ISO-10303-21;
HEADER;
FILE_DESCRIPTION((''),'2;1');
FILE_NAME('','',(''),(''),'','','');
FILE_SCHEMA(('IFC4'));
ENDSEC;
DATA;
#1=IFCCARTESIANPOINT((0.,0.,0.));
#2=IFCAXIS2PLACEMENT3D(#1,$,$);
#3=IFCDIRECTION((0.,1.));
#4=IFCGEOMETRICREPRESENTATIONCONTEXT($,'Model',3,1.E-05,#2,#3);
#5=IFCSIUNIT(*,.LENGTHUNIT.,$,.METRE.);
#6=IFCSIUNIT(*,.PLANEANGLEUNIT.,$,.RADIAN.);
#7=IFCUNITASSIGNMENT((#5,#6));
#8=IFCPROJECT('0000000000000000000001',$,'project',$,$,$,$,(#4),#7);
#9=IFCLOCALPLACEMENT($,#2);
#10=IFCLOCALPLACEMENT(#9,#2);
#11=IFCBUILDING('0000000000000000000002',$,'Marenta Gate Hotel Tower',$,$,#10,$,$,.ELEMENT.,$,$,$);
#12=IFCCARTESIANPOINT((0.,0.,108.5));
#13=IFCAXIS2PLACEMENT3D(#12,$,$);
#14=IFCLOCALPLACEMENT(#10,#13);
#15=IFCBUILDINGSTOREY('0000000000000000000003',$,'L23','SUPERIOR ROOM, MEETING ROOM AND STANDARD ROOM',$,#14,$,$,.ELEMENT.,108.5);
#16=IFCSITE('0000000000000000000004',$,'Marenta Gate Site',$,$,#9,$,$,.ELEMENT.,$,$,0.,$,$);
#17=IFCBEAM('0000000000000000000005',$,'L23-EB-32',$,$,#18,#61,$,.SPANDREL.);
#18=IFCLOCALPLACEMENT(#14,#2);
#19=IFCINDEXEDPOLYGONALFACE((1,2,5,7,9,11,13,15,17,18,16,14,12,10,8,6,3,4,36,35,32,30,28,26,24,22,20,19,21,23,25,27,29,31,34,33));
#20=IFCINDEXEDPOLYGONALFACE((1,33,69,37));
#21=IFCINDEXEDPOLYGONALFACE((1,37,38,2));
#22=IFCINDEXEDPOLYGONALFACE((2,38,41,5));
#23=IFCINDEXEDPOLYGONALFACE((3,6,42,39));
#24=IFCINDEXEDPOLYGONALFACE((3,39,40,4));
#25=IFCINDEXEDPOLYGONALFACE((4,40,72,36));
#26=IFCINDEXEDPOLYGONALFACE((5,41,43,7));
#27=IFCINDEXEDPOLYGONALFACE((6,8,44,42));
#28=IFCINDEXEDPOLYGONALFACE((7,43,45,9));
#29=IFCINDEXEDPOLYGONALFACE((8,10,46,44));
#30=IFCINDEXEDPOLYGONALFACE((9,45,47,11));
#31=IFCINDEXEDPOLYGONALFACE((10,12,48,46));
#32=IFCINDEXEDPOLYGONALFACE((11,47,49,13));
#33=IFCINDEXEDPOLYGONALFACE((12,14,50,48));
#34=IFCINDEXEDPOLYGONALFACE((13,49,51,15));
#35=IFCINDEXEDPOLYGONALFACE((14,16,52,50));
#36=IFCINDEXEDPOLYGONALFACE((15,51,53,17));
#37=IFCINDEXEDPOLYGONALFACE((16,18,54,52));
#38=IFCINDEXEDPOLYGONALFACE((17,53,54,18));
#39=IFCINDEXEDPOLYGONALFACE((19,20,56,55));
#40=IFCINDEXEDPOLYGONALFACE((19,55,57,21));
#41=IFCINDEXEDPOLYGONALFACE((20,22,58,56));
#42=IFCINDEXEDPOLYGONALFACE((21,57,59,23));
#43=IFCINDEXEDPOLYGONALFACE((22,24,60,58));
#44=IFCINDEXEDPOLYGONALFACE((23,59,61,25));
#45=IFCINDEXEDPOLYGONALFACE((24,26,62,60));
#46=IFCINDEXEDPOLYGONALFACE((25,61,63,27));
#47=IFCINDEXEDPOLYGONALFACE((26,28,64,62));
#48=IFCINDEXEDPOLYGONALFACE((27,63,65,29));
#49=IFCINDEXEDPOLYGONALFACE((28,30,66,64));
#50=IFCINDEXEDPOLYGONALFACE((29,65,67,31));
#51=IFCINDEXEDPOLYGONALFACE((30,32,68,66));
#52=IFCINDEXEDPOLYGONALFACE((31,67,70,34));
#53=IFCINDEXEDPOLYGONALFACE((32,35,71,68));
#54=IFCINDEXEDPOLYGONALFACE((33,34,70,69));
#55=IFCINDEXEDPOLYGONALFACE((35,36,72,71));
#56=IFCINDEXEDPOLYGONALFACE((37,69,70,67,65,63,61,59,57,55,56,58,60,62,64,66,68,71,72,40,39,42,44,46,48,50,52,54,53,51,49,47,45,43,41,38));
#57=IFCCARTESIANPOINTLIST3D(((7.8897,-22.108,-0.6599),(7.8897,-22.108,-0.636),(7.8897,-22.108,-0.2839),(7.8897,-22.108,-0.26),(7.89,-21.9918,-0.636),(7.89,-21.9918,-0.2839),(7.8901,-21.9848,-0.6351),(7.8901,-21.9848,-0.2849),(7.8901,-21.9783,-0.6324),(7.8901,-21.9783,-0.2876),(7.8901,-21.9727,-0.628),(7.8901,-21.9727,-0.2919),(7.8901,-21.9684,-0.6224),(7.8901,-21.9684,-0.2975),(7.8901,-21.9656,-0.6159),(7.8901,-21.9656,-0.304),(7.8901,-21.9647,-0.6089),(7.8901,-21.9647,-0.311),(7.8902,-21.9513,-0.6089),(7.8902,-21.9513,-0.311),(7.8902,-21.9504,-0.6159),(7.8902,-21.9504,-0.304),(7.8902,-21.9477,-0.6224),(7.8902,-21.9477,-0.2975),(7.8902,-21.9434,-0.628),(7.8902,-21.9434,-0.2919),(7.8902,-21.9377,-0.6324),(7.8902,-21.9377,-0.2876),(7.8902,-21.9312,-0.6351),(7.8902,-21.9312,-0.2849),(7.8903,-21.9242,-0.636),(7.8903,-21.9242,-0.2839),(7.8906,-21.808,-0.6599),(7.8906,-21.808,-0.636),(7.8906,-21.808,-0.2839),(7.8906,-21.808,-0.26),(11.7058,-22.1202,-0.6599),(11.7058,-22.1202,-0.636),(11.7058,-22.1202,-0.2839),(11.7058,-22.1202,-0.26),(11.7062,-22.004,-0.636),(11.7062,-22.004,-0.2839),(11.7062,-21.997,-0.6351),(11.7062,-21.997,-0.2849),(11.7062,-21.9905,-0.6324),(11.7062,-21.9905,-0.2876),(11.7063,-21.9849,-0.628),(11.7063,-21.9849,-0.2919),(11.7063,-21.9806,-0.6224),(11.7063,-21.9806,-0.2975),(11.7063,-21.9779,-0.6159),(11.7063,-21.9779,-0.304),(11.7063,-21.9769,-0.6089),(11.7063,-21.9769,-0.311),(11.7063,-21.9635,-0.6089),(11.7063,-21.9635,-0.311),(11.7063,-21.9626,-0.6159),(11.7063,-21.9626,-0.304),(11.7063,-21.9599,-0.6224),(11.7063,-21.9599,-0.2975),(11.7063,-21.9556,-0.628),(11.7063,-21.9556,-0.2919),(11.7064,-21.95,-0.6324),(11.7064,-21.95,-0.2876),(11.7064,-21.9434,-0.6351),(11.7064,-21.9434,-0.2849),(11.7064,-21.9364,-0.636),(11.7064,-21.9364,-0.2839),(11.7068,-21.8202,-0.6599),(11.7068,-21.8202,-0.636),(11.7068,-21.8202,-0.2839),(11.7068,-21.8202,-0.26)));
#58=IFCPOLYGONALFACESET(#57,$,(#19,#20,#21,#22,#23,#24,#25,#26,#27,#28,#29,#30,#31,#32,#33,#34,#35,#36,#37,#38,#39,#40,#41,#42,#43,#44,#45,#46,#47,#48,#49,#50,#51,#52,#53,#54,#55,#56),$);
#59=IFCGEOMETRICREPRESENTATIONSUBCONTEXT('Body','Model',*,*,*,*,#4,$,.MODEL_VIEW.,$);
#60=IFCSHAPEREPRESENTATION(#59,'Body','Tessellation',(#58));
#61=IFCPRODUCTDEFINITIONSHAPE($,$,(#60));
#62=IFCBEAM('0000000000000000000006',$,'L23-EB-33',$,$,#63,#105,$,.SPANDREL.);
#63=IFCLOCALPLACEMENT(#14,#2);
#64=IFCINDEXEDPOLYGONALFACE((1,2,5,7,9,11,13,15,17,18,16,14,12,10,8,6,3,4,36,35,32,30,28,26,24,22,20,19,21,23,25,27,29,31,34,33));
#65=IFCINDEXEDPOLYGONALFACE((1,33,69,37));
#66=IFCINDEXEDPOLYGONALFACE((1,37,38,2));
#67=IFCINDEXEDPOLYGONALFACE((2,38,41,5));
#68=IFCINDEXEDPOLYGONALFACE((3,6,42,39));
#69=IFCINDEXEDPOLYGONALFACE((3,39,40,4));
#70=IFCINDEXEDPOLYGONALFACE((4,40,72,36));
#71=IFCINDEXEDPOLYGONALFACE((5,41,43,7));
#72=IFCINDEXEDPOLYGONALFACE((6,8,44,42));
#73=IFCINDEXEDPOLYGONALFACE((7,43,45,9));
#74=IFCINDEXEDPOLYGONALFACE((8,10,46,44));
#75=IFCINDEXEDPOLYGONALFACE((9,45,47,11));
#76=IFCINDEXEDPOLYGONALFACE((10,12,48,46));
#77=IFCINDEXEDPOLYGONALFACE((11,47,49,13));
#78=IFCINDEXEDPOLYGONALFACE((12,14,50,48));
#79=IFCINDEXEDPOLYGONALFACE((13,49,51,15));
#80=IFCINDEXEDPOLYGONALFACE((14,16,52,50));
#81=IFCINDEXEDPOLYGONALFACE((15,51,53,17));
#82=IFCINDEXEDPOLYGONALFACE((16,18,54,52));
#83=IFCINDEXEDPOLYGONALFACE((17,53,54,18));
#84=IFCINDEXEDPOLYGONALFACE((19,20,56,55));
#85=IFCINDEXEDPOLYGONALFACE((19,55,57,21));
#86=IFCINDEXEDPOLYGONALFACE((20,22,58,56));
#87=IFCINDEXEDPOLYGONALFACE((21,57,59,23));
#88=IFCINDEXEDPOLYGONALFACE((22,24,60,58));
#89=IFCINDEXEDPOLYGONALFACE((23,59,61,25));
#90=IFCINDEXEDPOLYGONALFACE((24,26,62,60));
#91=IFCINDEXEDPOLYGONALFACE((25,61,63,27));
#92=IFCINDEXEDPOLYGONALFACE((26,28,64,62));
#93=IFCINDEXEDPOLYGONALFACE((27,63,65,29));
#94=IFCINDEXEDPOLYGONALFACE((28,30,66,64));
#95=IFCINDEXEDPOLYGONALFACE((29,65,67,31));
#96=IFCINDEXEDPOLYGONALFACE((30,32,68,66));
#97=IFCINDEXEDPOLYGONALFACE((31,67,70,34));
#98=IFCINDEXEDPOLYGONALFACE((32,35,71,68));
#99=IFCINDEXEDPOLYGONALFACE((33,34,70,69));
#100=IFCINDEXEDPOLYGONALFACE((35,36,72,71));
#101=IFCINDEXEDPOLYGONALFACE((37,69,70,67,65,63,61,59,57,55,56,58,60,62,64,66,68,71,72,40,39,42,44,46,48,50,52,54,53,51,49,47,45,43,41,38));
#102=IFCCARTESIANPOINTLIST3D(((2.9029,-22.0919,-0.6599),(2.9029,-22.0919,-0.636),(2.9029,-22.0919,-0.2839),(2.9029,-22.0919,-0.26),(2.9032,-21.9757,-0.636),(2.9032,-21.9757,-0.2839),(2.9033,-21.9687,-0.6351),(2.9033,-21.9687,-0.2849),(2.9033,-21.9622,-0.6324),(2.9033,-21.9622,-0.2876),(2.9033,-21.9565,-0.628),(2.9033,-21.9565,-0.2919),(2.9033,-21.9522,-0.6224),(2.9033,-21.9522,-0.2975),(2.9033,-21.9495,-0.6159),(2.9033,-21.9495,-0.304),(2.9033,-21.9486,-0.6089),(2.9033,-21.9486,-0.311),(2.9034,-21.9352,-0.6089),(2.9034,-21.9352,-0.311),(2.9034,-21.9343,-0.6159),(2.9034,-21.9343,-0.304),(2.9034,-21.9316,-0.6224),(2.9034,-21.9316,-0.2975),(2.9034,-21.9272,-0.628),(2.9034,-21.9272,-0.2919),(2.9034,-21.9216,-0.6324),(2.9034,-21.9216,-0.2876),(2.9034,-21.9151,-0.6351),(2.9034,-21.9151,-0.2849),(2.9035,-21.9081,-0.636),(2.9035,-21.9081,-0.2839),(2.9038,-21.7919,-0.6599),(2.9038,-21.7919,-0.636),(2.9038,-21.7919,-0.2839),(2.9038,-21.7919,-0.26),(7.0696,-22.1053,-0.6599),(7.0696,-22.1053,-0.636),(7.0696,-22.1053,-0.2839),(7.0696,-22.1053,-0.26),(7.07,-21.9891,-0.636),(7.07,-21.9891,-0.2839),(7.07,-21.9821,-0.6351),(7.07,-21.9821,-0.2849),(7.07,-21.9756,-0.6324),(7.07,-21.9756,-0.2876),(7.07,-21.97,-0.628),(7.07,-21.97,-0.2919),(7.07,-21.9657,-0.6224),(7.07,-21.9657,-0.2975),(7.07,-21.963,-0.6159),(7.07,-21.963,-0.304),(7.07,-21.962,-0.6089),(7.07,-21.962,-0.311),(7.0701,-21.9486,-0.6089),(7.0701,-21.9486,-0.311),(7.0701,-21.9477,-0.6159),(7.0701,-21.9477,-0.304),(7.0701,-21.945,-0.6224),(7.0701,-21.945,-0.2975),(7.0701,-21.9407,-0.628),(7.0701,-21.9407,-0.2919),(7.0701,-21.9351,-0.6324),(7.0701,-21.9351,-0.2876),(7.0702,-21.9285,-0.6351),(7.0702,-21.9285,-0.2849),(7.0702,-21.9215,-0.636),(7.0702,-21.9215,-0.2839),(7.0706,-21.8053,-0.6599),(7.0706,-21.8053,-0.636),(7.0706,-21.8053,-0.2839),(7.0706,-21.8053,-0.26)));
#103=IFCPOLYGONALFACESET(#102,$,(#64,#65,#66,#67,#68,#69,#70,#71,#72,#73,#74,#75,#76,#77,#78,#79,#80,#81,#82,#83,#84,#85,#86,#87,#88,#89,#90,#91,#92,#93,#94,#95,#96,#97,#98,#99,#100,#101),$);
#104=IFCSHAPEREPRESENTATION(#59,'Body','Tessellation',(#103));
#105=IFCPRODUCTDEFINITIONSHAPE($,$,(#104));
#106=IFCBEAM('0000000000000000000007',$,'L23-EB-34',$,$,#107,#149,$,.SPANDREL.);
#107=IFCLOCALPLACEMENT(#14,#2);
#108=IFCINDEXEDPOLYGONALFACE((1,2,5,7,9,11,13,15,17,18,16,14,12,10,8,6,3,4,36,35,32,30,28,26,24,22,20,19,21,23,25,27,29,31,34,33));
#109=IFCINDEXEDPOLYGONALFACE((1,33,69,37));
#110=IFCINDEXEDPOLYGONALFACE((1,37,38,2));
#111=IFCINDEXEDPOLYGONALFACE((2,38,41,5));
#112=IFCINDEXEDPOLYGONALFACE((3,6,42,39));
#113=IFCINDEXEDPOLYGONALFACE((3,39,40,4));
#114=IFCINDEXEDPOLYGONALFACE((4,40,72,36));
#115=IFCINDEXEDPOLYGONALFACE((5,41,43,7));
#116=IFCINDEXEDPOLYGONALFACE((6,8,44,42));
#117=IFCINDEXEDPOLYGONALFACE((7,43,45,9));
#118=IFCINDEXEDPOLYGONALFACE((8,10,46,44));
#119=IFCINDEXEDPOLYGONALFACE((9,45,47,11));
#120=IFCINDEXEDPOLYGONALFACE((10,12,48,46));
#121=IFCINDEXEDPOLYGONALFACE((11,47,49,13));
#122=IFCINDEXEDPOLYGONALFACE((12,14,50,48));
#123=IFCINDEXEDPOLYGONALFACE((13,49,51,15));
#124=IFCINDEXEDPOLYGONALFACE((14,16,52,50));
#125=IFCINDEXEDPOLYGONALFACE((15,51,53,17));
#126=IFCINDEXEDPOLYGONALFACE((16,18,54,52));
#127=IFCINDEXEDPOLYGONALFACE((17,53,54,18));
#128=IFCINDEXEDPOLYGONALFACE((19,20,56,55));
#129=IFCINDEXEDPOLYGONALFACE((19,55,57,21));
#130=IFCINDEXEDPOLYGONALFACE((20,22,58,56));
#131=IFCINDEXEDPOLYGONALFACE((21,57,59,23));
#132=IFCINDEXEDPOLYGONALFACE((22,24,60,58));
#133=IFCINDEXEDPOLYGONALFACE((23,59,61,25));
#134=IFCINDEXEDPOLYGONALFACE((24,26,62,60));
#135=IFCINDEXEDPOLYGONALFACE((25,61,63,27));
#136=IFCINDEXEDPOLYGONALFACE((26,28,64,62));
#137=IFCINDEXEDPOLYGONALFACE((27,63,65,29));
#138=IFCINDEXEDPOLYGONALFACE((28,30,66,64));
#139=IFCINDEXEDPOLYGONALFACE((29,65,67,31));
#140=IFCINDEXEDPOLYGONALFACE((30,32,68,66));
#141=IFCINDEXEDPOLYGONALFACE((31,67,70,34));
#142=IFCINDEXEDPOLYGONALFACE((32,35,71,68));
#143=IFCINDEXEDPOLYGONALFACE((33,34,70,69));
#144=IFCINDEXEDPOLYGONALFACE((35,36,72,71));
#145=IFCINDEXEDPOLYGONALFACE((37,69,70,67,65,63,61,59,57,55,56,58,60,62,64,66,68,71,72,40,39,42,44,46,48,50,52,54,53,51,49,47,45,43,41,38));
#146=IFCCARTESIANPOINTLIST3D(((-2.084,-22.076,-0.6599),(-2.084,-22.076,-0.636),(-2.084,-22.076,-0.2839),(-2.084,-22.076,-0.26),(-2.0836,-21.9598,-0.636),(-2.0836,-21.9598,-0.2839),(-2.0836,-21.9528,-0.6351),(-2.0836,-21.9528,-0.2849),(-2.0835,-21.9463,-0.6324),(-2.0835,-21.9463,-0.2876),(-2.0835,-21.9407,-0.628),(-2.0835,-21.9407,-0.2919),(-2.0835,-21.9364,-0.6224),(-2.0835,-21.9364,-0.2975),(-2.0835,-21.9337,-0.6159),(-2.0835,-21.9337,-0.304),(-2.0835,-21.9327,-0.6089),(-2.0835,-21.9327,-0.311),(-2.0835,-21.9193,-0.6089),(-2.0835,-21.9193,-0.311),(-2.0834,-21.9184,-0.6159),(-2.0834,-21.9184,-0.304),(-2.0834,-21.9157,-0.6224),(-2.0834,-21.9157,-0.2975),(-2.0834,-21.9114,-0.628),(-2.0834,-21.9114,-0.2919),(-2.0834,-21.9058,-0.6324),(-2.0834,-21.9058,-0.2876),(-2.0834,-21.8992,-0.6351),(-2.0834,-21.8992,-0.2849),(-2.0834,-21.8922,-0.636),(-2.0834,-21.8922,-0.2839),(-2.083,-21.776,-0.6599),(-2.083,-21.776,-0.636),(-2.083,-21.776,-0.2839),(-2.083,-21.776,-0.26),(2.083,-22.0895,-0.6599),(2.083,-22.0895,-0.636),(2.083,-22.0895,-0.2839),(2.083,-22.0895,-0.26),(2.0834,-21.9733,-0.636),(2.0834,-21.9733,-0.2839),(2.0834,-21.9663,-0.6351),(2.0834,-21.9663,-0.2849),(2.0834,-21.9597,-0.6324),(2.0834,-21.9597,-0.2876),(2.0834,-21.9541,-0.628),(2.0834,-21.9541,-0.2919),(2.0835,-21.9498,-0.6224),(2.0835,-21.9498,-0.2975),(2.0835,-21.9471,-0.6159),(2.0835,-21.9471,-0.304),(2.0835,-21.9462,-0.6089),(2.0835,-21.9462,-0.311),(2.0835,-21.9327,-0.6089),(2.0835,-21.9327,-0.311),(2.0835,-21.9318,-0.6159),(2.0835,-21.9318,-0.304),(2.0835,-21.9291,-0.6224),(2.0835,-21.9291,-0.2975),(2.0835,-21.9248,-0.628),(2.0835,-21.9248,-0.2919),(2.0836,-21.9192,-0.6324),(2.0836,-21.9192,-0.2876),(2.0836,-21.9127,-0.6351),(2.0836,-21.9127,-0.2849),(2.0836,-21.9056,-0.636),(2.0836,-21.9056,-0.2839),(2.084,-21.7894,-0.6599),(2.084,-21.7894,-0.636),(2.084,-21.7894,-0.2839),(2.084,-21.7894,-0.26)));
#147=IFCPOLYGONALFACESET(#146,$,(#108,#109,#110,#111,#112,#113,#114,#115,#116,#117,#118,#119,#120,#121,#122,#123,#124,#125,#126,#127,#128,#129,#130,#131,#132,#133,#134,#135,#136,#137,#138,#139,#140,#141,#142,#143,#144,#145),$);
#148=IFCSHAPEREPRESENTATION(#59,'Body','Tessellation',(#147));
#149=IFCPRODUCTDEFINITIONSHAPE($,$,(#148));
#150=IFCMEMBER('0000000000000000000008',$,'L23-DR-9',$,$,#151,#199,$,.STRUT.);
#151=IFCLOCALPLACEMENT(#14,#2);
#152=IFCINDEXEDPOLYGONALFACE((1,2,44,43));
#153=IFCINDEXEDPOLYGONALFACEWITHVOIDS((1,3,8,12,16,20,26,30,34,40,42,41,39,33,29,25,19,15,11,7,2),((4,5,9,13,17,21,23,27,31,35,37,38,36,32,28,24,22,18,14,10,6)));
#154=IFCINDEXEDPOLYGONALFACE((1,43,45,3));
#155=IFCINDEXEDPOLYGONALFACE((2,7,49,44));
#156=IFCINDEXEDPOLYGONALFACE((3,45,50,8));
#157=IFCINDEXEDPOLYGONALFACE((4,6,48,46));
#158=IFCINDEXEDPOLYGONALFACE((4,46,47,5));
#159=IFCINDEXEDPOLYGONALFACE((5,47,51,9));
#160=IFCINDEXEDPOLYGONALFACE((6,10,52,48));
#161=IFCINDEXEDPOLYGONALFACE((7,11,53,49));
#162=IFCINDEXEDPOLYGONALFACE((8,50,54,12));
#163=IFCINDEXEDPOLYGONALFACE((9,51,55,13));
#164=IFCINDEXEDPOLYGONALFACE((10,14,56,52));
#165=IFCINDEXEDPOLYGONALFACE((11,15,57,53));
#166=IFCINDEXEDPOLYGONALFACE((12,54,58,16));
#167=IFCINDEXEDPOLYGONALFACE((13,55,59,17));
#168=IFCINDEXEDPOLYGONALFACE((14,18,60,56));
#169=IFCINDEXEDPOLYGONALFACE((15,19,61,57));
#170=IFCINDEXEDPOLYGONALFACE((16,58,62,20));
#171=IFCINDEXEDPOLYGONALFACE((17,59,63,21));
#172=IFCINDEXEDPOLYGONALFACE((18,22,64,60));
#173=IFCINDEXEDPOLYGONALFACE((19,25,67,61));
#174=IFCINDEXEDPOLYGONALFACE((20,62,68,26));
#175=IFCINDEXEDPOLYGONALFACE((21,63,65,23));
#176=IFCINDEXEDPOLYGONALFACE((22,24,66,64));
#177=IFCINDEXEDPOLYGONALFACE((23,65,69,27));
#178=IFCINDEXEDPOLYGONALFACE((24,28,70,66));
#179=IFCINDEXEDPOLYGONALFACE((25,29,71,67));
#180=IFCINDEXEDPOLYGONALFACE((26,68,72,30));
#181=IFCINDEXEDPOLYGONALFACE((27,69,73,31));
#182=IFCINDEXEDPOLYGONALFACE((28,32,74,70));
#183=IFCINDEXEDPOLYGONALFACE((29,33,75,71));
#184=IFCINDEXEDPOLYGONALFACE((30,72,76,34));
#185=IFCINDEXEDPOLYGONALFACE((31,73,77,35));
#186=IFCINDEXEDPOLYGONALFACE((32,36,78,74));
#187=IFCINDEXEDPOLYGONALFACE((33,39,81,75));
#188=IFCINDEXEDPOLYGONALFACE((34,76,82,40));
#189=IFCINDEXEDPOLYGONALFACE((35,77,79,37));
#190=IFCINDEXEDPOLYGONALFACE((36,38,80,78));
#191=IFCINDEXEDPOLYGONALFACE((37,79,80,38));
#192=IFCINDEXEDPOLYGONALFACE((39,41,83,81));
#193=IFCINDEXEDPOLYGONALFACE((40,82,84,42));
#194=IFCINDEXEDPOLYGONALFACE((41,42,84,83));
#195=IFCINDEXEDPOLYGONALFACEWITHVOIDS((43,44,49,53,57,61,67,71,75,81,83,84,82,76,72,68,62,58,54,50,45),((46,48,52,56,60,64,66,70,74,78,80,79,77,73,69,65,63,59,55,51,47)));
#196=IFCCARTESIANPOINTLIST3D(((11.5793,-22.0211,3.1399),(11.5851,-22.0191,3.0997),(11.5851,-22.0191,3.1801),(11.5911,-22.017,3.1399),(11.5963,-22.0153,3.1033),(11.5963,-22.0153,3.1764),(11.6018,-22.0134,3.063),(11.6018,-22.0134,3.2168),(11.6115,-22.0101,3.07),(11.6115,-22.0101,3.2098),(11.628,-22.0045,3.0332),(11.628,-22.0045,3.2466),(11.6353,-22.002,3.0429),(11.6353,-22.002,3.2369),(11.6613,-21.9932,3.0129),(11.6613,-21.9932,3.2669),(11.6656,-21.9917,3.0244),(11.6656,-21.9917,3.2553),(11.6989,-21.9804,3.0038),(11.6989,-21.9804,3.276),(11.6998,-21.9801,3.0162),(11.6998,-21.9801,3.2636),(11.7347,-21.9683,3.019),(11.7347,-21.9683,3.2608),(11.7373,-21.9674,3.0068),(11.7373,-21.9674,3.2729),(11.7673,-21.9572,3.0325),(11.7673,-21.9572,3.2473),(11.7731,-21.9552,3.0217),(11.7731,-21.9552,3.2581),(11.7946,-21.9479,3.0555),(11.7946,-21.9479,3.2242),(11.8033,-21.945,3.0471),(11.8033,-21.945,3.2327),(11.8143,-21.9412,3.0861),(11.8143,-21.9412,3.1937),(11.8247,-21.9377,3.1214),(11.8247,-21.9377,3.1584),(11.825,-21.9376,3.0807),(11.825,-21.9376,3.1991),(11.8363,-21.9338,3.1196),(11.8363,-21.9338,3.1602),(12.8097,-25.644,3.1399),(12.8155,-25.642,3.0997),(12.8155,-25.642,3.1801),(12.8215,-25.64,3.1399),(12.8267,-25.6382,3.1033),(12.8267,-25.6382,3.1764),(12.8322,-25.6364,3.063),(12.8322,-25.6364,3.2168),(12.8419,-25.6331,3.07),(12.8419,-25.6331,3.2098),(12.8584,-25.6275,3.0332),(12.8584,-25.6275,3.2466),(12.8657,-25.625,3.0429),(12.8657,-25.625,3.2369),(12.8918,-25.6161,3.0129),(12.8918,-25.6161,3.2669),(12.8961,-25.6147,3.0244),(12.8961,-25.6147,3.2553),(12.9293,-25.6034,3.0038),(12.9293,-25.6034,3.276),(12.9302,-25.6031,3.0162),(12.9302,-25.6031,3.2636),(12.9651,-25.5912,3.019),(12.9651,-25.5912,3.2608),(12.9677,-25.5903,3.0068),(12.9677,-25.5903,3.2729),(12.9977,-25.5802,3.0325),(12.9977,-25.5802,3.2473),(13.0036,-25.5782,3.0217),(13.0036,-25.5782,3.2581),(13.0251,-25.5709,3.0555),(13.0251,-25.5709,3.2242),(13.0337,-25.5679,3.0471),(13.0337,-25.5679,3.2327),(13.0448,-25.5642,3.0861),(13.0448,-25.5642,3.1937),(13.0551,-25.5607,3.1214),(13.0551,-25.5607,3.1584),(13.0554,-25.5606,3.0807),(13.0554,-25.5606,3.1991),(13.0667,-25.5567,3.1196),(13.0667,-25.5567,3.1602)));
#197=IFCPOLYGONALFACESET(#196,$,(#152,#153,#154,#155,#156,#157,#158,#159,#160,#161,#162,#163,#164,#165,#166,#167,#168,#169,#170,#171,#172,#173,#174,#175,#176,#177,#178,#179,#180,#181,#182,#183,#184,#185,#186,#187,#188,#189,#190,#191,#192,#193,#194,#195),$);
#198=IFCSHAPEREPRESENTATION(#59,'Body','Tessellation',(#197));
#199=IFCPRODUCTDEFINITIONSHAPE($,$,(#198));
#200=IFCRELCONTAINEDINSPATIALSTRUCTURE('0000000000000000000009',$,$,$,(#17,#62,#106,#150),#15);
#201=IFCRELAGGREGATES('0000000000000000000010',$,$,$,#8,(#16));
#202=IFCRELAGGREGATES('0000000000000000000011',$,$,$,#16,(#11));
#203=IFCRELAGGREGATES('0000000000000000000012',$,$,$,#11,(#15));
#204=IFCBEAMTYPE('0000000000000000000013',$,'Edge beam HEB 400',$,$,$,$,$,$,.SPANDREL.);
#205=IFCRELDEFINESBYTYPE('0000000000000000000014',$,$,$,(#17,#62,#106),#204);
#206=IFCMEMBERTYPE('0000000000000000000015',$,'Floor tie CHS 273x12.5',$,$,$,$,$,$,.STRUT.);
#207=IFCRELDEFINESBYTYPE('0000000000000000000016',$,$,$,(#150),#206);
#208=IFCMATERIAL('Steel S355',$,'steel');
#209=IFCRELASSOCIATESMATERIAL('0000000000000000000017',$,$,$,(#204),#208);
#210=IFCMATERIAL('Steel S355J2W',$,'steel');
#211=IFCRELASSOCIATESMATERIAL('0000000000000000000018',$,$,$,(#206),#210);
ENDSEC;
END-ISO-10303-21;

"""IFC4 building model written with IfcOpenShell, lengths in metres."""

from ifc_helpers import new_model, si_unit, direction, frame, origin, origin_2d, place, context, subcontext, project, spatial, hollow_circle, i_section, extrude, material, material_profile, profile_set, type_object, element, save


model = new_model("IFC4")

# Units and contexts
model_context = context("Model", 3, precision=1e-05, world=origin(), true_north=direction((0.0, 1.0)))
body_context = subcontext(model_context, "Body", "Model", "MODEL_VIEW")
ifc_project = project(units=[si_unit("LENGTHUNIT", "METRE"), si_unit("PLANEANGLEUNIT", "RADIAN")], contexts=[model_context])

# Site, building, storey
site_placement = place(None, origin())
site = spatial("IfcSite", under=ifc_project, at=site_placement, Name="Marenta Gate Site", CompositionType="ELEMENT", RefElevation=0.0)
building_placement = place(site_placement, origin())
building = spatial("IfcBuilding", under=site, at=building_placement, Name="Marenta Gate Hotel Tower", CompositionType="ELEMENT")
storey_placement = place(building_placement, frame((0.0, 0.0, 108.5)))
storey = spatial("IfcBuildingStorey", under=building, at=storey_placement, Name="L23", Description="SUPERIOR ROOM, MEETING ROOM AND STANDARD ROOM", CompositionType="ELEMENT", Elevation=108.5)

# Beams
ifc_material_1 = material(Name="Steel S355", Category="steel")
ifc_material_profile_1 = material_profile(ifc_material_1, i_section(OverallWidth=0.3, OverallDepth=0.3999, WebThickness=0.0134, FlangeThickness=0.0239, FilletRadius=0.0271, at=origin_2d()), Name="HEB 400")
ifc_profile_set_1 = profile_set([ifc_material_profile_1], Name="Steel S355")
beam_type_1 = type_object("IfcBeamType", Name="Edge beam HEB 400", PredefinedType="SPANDREL", material=ifc_profile_set_1)
beam_1_placement = place(storey_placement, frame((11.7063, -21.9702, -0.46), z_axis=(-0.999995, 0.003199, 0.0), x_axis=(-0.003199, -0.999995, 0.0)))
element("IfcBeam", 1, at=beam_1_placement, inside=storey, type_object=beam_type_1, Name="L23-EB-32", PredefinedType="SPANDREL", context=body_context, shape_type="SweptSolid", body=[
    extrude(i_section(OverallWidth=0.3, OverallDepth=0.3999, WebThickness=0.0134, FlangeThickness=0.0239, FilletRadius=0.0271, at=origin_2d()), origin(), (0.0, 0.0, 1.0), 3.8162),
])
beam_2_placement = place(storey_placement, frame((7.0701, -21.9553, -0.46), z_axis=(-0.999995, 0.003223, 0.0), x_axis=(-0.003223, -0.999995, 0.0)))
element("IfcBeam", 2, at=beam_2_placement, inside=storey, type_object=beam_type_1, Name="L23-EB-33", PredefinedType="SPANDREL", context=body_context, shape_type="SweptSolid", body=[
    extrude(i_section(OverallWidth=0.3, OverallDepth=0.3999, WebThickness=0.0134, FlangeThickness=0.0239, FilletRadius=0.0271, at=origin_2d()), origin(), (0.0, 0.0, 1.0), 4.1667),
])
beam_3_placement = place(storey_placement, frame((2.0835, -21.9395, -0.46), z_axis=(-0.999995, 0.003222, 0.0), x_axis=(-0.003222, -0.999995, 0.0)))
element("IfcBeam", 3, at=beam_3_placement, inside=storey, type_object=beam_type_1, Name="L23-EB-34", PredefinedType="SPANDREL", context=body_context, shape_type="SweptSolid", body=[
    extrude(i_section(OverallWidth=0.3, OverallDepth=0.3999, WebThickness=0.0134, FlangeThickness=0.0239, FilletRadius=0.0271, at=origin_2d()), origin(), (0.0, 0.0, 1.0), 4.167),
])

# Member
ifc_material_2 = material(Name="Steel S355J2W", Category="steel")
ifc_material_profile_2 = material_profile(ifc_material_2, hollow_circle(Radius=0.1365, WallThickness=0.0125, at=origin_2d()), Name="CHS 273x12.5")
ifc_profile_set_2 = profile_set([ifc_material_profile_2], Name="Steel S355J2W")
member_type_1 = type_object("IfcMemberType", Name="Floor tie CHS 273x12.5", PredefinedType="STRUT", material=ifc_profile_set_2)
member_1_placement = place(storey_placement, frame((12.939, -25.6001, 3.1399), z_axis=(-0.321582, 0.946882, 0.0), x_axis=(-0.946882, -0.321582, 0.0)))
element("IfcMember", 4, at=member_1_placement, inside=storey, type_object=member_type_1, Name="L23-DR-9", PredefinedType="STRUT", context=body_context, shape_type="SweptSolid", body=[
    extrude(hollow_circle(Radius=0.1365, WallThickness=0.0125, at=origin_2d()), origin(), (0.0, 0.0, 1.0), 3.8262),
])

save(model, "model.ifc")
